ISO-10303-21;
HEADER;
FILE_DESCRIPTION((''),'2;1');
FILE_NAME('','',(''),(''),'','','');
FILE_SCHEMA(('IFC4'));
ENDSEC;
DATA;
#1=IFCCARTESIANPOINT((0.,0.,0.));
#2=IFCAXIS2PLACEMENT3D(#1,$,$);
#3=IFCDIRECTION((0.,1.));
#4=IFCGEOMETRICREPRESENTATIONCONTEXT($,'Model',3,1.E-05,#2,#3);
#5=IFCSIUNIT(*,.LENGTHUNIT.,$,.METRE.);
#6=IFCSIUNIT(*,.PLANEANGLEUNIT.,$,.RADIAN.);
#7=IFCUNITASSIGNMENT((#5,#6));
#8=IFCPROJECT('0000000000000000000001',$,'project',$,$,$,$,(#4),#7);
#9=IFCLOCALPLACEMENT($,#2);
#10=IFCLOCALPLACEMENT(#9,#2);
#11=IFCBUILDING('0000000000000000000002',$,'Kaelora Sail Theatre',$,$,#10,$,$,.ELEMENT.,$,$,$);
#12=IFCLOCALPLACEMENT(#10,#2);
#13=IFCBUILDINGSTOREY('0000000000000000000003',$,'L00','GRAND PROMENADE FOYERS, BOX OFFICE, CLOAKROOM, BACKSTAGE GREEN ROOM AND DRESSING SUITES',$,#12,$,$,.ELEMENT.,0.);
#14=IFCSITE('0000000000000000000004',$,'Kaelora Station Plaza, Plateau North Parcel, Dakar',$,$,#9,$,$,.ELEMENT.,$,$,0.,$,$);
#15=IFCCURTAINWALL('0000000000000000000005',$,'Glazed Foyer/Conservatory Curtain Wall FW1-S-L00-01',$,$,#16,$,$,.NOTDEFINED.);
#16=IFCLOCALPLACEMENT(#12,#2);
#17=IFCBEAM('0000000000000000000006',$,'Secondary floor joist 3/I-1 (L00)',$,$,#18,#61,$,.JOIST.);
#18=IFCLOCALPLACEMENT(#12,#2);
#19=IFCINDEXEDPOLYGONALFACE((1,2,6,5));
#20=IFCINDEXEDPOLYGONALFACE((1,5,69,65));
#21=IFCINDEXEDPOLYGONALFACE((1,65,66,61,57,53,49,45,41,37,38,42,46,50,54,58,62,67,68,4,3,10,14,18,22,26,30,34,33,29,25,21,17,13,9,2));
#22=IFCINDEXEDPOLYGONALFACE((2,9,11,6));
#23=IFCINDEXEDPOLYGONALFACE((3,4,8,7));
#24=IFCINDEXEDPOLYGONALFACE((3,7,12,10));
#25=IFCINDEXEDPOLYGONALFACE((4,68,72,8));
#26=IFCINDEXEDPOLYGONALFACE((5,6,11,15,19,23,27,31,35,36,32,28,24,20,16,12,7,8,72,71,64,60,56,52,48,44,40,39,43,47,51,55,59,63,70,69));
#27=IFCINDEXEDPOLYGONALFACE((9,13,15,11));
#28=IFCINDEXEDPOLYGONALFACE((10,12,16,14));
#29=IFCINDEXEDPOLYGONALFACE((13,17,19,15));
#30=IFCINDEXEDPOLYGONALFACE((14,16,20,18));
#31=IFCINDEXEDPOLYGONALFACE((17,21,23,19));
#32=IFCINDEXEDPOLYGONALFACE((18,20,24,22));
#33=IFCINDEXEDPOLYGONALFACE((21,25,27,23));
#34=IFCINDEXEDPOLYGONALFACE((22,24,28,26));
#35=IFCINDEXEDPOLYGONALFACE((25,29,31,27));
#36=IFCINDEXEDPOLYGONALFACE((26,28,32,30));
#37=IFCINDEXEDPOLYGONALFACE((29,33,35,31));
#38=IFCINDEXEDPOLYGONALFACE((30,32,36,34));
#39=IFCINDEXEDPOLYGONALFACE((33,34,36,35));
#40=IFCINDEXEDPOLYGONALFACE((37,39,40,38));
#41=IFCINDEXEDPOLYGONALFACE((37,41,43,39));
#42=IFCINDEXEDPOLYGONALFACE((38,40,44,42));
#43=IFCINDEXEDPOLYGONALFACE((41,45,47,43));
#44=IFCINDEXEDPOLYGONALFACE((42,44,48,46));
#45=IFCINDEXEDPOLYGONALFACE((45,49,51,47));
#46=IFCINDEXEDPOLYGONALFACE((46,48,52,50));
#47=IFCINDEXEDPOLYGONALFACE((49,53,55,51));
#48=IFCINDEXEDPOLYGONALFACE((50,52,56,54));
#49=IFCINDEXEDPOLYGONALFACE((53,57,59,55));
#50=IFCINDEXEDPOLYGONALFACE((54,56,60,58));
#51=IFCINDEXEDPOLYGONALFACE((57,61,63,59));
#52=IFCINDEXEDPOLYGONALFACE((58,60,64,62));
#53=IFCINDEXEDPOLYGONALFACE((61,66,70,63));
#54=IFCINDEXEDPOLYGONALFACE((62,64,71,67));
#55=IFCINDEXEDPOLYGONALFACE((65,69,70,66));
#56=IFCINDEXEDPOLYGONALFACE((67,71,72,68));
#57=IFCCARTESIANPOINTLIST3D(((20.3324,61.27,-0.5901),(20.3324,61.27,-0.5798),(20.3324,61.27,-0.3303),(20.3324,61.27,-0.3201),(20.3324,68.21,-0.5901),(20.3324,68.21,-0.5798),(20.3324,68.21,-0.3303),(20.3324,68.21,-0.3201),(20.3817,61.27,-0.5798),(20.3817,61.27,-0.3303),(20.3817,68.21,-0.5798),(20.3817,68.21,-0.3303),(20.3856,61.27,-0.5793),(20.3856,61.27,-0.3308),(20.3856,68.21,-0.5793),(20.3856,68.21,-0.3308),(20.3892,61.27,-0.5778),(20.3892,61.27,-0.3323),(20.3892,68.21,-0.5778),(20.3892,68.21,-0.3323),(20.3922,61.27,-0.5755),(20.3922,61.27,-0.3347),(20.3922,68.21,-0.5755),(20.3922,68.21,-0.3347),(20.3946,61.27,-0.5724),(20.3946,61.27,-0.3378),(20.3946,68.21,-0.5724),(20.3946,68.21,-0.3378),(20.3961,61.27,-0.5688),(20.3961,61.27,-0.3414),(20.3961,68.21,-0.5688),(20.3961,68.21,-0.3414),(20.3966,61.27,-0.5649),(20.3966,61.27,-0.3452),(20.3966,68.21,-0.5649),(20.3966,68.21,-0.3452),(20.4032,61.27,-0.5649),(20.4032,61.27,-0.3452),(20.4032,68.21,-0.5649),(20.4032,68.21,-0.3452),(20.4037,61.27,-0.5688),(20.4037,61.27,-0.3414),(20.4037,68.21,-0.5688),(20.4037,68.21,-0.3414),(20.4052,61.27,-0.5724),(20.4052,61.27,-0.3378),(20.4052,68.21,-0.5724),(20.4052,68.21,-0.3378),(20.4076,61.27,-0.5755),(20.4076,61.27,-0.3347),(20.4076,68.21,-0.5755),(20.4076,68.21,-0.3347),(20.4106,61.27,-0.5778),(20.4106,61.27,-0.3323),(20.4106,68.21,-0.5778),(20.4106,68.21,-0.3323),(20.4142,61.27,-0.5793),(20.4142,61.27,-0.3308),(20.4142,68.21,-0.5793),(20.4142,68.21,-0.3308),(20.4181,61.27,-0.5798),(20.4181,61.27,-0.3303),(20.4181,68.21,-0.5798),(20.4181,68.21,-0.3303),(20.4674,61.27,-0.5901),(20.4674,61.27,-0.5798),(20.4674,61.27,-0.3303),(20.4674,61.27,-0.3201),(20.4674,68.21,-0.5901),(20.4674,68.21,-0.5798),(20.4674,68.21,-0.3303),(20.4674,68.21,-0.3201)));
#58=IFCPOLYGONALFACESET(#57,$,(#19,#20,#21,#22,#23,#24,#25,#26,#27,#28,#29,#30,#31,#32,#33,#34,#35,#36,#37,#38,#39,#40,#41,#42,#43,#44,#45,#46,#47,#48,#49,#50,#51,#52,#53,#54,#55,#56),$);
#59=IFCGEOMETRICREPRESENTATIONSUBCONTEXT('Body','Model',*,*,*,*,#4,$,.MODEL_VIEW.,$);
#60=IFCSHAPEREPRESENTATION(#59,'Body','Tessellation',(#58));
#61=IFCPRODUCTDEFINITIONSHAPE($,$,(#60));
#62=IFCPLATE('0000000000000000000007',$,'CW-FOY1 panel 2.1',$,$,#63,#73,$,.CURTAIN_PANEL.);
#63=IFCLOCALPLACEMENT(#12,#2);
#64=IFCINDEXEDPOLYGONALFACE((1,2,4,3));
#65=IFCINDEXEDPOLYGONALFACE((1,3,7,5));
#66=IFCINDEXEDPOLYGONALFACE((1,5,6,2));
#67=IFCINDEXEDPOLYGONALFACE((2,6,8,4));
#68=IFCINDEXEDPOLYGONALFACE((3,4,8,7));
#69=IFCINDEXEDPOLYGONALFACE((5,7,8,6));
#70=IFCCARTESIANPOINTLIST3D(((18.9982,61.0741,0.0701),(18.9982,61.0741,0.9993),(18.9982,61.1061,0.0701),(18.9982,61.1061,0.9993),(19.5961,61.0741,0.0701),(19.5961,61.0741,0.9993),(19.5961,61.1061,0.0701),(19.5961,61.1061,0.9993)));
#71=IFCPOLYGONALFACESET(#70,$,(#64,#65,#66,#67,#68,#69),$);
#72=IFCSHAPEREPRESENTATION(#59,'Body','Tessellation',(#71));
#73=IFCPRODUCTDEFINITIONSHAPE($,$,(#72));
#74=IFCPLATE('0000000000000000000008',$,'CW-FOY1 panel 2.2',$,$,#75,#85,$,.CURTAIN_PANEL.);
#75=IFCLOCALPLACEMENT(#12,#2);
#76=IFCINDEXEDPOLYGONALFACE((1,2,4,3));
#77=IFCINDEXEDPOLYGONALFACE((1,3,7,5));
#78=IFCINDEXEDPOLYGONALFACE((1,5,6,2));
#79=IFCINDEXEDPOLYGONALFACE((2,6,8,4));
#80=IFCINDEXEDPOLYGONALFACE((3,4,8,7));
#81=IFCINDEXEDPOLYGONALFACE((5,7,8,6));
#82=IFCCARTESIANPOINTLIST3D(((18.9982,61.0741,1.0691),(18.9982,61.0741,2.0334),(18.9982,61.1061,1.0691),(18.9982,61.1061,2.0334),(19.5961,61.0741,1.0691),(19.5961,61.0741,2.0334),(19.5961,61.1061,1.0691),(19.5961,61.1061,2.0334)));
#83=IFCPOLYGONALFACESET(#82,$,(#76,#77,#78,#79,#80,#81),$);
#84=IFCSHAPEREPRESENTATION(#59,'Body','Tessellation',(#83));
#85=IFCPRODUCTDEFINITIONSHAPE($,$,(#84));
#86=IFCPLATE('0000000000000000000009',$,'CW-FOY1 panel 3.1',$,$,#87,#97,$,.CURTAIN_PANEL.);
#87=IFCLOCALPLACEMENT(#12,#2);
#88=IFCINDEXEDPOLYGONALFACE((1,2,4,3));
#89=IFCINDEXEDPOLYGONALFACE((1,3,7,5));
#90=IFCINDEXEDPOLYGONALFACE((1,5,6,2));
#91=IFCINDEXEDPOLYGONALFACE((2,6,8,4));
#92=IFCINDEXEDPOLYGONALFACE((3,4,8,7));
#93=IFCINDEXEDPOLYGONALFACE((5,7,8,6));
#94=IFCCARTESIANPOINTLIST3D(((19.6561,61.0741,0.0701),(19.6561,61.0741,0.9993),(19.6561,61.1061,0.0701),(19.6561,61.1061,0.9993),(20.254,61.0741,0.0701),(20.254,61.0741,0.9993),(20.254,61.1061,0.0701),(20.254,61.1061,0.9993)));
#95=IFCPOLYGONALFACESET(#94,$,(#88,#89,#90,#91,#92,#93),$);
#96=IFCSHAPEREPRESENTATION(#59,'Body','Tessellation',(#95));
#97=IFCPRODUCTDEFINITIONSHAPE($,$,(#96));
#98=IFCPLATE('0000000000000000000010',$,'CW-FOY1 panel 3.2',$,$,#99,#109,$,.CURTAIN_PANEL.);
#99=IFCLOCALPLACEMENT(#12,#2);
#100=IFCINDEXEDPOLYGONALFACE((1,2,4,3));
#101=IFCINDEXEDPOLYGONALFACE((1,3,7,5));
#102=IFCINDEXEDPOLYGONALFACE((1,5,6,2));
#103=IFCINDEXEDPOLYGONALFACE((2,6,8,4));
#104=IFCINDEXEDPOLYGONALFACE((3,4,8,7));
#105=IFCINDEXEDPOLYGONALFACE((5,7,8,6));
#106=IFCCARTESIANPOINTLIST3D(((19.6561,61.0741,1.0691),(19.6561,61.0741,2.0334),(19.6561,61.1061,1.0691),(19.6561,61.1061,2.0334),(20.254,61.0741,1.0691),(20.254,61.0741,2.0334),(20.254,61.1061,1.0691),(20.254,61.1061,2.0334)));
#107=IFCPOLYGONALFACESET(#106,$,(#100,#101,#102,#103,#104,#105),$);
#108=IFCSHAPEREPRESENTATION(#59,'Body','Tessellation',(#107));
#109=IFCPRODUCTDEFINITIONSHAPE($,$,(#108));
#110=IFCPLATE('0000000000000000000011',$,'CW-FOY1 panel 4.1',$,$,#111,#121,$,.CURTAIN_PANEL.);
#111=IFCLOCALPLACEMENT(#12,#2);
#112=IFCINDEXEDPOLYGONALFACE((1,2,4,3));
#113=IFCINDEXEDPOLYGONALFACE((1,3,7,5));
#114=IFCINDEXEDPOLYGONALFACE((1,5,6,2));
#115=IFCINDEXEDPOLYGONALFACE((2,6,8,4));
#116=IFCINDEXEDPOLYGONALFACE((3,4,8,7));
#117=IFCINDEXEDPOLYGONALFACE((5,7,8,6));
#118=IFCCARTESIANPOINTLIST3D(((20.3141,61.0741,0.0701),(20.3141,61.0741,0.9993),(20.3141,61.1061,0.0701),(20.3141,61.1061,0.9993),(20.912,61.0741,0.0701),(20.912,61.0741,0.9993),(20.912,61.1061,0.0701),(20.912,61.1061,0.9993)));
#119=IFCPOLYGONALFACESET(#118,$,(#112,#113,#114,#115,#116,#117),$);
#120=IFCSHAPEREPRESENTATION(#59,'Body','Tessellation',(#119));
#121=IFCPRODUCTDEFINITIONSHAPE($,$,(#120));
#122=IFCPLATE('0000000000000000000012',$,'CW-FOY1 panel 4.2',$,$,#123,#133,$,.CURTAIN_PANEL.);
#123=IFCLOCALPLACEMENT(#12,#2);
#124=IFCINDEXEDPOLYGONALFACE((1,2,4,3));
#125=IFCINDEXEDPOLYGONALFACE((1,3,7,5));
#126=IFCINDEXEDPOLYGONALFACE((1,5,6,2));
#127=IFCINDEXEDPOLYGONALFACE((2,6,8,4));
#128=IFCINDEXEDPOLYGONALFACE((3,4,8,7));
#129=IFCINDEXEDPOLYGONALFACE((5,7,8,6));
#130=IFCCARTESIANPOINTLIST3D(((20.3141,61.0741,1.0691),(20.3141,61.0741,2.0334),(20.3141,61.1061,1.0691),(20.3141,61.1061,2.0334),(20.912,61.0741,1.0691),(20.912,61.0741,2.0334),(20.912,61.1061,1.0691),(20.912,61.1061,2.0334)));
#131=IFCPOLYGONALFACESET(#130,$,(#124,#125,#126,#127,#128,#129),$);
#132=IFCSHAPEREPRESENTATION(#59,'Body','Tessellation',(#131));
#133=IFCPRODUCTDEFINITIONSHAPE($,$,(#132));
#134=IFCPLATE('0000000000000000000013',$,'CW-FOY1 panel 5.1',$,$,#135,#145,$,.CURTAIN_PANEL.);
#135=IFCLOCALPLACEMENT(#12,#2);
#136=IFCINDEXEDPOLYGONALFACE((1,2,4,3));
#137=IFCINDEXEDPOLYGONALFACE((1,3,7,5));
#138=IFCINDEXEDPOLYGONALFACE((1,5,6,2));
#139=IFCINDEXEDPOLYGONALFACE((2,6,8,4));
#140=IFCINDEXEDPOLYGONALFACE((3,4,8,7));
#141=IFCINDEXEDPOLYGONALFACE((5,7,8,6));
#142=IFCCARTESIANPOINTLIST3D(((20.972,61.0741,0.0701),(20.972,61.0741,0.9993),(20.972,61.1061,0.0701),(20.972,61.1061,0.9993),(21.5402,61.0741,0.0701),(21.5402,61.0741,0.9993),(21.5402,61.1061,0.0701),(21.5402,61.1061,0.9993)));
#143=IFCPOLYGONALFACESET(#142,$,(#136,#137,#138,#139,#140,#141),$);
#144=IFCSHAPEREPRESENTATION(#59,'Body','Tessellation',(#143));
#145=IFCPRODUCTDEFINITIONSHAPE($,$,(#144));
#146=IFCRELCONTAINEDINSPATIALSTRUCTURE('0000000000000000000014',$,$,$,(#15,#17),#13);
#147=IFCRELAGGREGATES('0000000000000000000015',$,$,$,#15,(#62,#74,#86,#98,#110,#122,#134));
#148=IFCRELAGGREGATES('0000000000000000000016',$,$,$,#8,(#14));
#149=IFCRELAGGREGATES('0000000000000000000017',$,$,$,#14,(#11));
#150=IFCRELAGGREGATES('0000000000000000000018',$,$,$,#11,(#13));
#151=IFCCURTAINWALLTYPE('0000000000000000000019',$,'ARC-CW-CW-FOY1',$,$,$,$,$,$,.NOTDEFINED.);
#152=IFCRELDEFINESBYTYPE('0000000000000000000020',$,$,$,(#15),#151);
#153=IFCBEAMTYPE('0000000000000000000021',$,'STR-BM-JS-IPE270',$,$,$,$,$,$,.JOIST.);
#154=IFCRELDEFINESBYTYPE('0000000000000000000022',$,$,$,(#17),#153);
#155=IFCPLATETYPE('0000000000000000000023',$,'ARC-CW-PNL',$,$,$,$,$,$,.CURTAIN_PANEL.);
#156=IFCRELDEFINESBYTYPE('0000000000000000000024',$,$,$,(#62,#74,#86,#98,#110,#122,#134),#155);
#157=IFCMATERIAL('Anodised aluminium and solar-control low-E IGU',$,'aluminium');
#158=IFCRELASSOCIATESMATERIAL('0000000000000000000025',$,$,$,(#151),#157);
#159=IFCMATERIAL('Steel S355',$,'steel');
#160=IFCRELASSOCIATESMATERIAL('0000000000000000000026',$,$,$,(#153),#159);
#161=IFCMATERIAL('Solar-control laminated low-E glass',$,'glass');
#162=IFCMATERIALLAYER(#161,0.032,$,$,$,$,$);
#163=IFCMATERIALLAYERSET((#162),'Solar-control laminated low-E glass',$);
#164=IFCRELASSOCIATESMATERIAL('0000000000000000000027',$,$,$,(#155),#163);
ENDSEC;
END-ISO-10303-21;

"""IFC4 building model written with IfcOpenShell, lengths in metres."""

from ifc_helpers import new_model, si_unit, direction, frame, origin, origin_2d, place, context, subcontext, project, spatial, rectangle, i_section, extrude, material, layer, layer_set, material_profile, profile_set, type_object, element, aggregate, save


model = new_model("IFC4")

# Units and contexts
model_context = context("Model", 3, precision=1e-05, world=origin(), true_north=direction((0.0, 1.0)))
body_context = subcontext(model_context, "Body", "Model", "MODEL_VIEW")
ifc_project = project(units=[si_unit("LENGTHUNIT", "METRE"), si_unit("PLANEANGLEUNIT", "RADIAN")], contexts=[model_context])

# Site, building, storey
site_placement = place(None, origin())
site = spatial("IfcSite", under=ifc_project, at=site_placement, Name="Kaelora Station Plaza, Plateau North Parcel, Dakar", CompositionType="ELEMENT", RefElevation=0.0)
building_placement = place(site_placement, origin())
building = spatial("IfcBuilding", under=site, at=building_placement, Name="Kaelora Sail Theatre", CompositionType="ELEMENT")
storey_placement = place(building_placement, origin())
storey = spatial("IfcBuildingStorey", under=building, at=storey_placement, Name="L00", Description="GRAND PROMENADE FOYERS, BOX OFFICE, CLOAKROOM, BACKSTAGE GREEN ROOM AND DRESSING SUITES", CompositionType="ELEMENT", Elevation=0.0)

# Curtain wall
ifc_material_1 = material(Name="Anodised aluminium and solar-control low-E IGU", Category="aluminium")
curtain_wall_type = type_object("IfcCurtainWallType", Name="ARC-CW-CW-FOY1", PredefinedType="NOTDEFINED", material=ifc_material_1)
curtain_wall_placement = place(storey_placement, origin())
curtain_wall = element("IfcCurtainWall", 1, at=curtain_wall_placement, inside=storey, type_object=curtain_wall_type, Name="Glazed Foyer/Conservatory Curtain Wall FW1-S-L00-01", PredefinedType="NOTDEFINED")

# Beam
ifc_material_2 = material(Name="Steel S355", Category="steel")
ifc_material_profile_1 = material_profile(ifc_material_2, i_section(OverallWidth=0.135, OverallDepth=0.27, WebThickness=0.0066, FlangeThickness=0.0103, FilletRadius=0.0149, at=origin_2d()), Name="IPE 270")
ifc_profile_set_1 = profile_set([ifc_material_profile_1], Name="Steel S355")
beam_type_1 = type_object("IfcBeamType", Name="STR-BM-JS-IPE270", PredefinedType="JOIST", material=ifc_profile_set_1)
beam_1_placement = place(storey_placement, frame((20.3999, 61.27, -0.4551), z_axis=(0.0, 1.0, 0.0), x_axis=(-1.0, 0.0, 0.0)))
element("IfcBeam", 2, at=beam_1_placement, inside=storey, type_object=beam_type_1, Name="Secondary floor joist 3/I-1 (L00)", PredefinedType="JOIST", context=body_context, shape_type="SweptSolid", body=[
    extrude(i_section(OverallWidth=0.135, OverallDepth=0.27, WebThickness=0.0066, FlangeThickness=0.0103, FilletRadius=0.0149, at=origin_2d()), origin(), (0.0, 0.0, 1.0), 6.9399),
])

# Plates
ifc_material_3 = material(Name="Solar-control laminated low-E glass", Category="glass")
ifc_layer = layer(ifc_material_3, 0.032)
ifc_layer_set = layer_set([ifc_layer], Name="Solar-control laminated low-E glass")
plate_type = type_object("IfcPlateType", Name="ARC-CW-PNL", PredefinedType="CURTAIN_PANEL", material=ifc_layer_set)
plate_1_placement = place(storey_placement, frame((19.2971, 61.0901, 0.0701), z_axis=(0.0, 0.0, 1.0), x_axis=(1.0, 0.0, 0.0)))
plate_1 = element("IfcPlate", 3, at=plate_1_placement, type_object=plate_type, Name="CW-FOY1 panel 2.1", PredefinedType="CURTAIN_PANEL", context=body_context, shape_type="SweptSolid", body=[
    extrude(rectangle(XDim=0.5979, YDim=0.032, at=origin_2d()), origin(), (0.0, 0.0, 1.0), 0.9292),
])
plate_2_placement = place(storey_placement, frame((19.2971, 61.0901, 1.0691), z_axis=(0.0, 0.0, 1.0), x_axis=(1.0, 0.0, 0.0)))
plate_2 = element("IfcPlate", 4, at=plate_2_placement, type_object=plate_type, Name="CW-FOY1 panel 2.2", PredefinedType="CURTAIN_PANEL", context=body_context, shape_type="SweptSolid", body=[
    extrude(rectangle(XDim=0.5979, YDim=0.032, at=origin_2d()), origin(), (0.0, 0.0, 1.0), 0.9644),
])
plate_3_placement = place(storey_placement, frame((19.9551, 61.0901, 0.0701), z_axis=(0.0, 0.0, 1.0), x_axis=(1.0, 0.0, 0.0)))
plate_3 = element("IfcPlate", 5, at=plate_3_placement, type_object=plate_type, Name="CW-FOY1 panel 3.1", PredefinedType="CURTAIN_PANEL", context=body_context, shape_type="SweptSolid", body=[
    extrude(rectangle(XDim=0.5979, YDim=0.032, at=origin_2d()), origin(), (0.0, 0.0, 1.0), 0.9292),
])
plate_4_placement = place(storey_placement, frame((19.9551, 61.0901, 1.0691), z_axis=(0.0, 0.0, 1.0), x_axis=(1.0, 0.0, 0.0)))
plate_4 = element("IfcPlate", 6, at=plate_4_placement, type_object=plate_type, Name="CW-FOY1 panel 3.2", PredefinedType="CURTAIN_PANEL", context=body_context, shape_type="SweptSolid", body=[
    extrude(rectangle(XDim=0.5979, YDim=0.032, at=origin_2d()), origin(), (0.0, 0.0, 1.0), 0.9644),
])
plate_5_placement = place(storey_placement, frame((20.613, 61.0901, 0.0701), z_axis=(0.0, 0.0, 1.0), x_axis=(1.0, 0.0, 0.0)))
plate_5 = element("IfcPlate", 7, at=plate_5_placement, type_object=plate_type, Name="CW-FOY1 panel 4.1", PredefinedType="CURTAIN_PANEL", context=body_context, shape_type="SweptSolid", body=[
    extrude(rectangle(XDim=0.5979, YDim=0.032, at=origin_2d()), origin(), (0.0, 0.0, 1.0), 0.9292),
])
plate_6_placement = place(storey_placement, frame((20.613, 61.0901, 1.0691), z_axis=(0.0, 0.0, 1.0), x_axis=(1.0, 0.0, 0.0)))
plate_6 = element("IfcPlate", 8, at=plate_6_placement, type_object=plate_type, Name="CW-FOY1 panel 4.2", PredefinedType="CURTAIN_PANEL", context=body_context, shape_type="SweptSolid", body=[
    extrude(rectangle(XDim=0.5979, YDim=0.032, at=origin_2d()), origin(), (0.0, 0.0, 1.0), 0.9644),
])
plate_7_placement = place(storey_placement, frame((21.2561, 61.0901, 0.0701), z_axis=(0.0, 0.0, 1.0), x_axis=(1.0, 0.0, 0.0)))
plate_7 = element("IfcPlate", 9, at=plate_7_placement, type_object=plate_type, Name="CW-FOY1 panel 5.1", PredefinedType="CURTAIN_PANEL", context=body_context, shape_type="SweptSolid", body=[
    extrude(rectangle(XDim=0.5681, YDim=0.032, at=origin_2d()), origin(), (0.0, 0.0, 1.0), 0.9292),
])
aggregate(curtain_wall, [plate_1, plate_2, plate_3, plate_4, plate_5, plate_6, plate_7])

save(model, "model.ifc")
